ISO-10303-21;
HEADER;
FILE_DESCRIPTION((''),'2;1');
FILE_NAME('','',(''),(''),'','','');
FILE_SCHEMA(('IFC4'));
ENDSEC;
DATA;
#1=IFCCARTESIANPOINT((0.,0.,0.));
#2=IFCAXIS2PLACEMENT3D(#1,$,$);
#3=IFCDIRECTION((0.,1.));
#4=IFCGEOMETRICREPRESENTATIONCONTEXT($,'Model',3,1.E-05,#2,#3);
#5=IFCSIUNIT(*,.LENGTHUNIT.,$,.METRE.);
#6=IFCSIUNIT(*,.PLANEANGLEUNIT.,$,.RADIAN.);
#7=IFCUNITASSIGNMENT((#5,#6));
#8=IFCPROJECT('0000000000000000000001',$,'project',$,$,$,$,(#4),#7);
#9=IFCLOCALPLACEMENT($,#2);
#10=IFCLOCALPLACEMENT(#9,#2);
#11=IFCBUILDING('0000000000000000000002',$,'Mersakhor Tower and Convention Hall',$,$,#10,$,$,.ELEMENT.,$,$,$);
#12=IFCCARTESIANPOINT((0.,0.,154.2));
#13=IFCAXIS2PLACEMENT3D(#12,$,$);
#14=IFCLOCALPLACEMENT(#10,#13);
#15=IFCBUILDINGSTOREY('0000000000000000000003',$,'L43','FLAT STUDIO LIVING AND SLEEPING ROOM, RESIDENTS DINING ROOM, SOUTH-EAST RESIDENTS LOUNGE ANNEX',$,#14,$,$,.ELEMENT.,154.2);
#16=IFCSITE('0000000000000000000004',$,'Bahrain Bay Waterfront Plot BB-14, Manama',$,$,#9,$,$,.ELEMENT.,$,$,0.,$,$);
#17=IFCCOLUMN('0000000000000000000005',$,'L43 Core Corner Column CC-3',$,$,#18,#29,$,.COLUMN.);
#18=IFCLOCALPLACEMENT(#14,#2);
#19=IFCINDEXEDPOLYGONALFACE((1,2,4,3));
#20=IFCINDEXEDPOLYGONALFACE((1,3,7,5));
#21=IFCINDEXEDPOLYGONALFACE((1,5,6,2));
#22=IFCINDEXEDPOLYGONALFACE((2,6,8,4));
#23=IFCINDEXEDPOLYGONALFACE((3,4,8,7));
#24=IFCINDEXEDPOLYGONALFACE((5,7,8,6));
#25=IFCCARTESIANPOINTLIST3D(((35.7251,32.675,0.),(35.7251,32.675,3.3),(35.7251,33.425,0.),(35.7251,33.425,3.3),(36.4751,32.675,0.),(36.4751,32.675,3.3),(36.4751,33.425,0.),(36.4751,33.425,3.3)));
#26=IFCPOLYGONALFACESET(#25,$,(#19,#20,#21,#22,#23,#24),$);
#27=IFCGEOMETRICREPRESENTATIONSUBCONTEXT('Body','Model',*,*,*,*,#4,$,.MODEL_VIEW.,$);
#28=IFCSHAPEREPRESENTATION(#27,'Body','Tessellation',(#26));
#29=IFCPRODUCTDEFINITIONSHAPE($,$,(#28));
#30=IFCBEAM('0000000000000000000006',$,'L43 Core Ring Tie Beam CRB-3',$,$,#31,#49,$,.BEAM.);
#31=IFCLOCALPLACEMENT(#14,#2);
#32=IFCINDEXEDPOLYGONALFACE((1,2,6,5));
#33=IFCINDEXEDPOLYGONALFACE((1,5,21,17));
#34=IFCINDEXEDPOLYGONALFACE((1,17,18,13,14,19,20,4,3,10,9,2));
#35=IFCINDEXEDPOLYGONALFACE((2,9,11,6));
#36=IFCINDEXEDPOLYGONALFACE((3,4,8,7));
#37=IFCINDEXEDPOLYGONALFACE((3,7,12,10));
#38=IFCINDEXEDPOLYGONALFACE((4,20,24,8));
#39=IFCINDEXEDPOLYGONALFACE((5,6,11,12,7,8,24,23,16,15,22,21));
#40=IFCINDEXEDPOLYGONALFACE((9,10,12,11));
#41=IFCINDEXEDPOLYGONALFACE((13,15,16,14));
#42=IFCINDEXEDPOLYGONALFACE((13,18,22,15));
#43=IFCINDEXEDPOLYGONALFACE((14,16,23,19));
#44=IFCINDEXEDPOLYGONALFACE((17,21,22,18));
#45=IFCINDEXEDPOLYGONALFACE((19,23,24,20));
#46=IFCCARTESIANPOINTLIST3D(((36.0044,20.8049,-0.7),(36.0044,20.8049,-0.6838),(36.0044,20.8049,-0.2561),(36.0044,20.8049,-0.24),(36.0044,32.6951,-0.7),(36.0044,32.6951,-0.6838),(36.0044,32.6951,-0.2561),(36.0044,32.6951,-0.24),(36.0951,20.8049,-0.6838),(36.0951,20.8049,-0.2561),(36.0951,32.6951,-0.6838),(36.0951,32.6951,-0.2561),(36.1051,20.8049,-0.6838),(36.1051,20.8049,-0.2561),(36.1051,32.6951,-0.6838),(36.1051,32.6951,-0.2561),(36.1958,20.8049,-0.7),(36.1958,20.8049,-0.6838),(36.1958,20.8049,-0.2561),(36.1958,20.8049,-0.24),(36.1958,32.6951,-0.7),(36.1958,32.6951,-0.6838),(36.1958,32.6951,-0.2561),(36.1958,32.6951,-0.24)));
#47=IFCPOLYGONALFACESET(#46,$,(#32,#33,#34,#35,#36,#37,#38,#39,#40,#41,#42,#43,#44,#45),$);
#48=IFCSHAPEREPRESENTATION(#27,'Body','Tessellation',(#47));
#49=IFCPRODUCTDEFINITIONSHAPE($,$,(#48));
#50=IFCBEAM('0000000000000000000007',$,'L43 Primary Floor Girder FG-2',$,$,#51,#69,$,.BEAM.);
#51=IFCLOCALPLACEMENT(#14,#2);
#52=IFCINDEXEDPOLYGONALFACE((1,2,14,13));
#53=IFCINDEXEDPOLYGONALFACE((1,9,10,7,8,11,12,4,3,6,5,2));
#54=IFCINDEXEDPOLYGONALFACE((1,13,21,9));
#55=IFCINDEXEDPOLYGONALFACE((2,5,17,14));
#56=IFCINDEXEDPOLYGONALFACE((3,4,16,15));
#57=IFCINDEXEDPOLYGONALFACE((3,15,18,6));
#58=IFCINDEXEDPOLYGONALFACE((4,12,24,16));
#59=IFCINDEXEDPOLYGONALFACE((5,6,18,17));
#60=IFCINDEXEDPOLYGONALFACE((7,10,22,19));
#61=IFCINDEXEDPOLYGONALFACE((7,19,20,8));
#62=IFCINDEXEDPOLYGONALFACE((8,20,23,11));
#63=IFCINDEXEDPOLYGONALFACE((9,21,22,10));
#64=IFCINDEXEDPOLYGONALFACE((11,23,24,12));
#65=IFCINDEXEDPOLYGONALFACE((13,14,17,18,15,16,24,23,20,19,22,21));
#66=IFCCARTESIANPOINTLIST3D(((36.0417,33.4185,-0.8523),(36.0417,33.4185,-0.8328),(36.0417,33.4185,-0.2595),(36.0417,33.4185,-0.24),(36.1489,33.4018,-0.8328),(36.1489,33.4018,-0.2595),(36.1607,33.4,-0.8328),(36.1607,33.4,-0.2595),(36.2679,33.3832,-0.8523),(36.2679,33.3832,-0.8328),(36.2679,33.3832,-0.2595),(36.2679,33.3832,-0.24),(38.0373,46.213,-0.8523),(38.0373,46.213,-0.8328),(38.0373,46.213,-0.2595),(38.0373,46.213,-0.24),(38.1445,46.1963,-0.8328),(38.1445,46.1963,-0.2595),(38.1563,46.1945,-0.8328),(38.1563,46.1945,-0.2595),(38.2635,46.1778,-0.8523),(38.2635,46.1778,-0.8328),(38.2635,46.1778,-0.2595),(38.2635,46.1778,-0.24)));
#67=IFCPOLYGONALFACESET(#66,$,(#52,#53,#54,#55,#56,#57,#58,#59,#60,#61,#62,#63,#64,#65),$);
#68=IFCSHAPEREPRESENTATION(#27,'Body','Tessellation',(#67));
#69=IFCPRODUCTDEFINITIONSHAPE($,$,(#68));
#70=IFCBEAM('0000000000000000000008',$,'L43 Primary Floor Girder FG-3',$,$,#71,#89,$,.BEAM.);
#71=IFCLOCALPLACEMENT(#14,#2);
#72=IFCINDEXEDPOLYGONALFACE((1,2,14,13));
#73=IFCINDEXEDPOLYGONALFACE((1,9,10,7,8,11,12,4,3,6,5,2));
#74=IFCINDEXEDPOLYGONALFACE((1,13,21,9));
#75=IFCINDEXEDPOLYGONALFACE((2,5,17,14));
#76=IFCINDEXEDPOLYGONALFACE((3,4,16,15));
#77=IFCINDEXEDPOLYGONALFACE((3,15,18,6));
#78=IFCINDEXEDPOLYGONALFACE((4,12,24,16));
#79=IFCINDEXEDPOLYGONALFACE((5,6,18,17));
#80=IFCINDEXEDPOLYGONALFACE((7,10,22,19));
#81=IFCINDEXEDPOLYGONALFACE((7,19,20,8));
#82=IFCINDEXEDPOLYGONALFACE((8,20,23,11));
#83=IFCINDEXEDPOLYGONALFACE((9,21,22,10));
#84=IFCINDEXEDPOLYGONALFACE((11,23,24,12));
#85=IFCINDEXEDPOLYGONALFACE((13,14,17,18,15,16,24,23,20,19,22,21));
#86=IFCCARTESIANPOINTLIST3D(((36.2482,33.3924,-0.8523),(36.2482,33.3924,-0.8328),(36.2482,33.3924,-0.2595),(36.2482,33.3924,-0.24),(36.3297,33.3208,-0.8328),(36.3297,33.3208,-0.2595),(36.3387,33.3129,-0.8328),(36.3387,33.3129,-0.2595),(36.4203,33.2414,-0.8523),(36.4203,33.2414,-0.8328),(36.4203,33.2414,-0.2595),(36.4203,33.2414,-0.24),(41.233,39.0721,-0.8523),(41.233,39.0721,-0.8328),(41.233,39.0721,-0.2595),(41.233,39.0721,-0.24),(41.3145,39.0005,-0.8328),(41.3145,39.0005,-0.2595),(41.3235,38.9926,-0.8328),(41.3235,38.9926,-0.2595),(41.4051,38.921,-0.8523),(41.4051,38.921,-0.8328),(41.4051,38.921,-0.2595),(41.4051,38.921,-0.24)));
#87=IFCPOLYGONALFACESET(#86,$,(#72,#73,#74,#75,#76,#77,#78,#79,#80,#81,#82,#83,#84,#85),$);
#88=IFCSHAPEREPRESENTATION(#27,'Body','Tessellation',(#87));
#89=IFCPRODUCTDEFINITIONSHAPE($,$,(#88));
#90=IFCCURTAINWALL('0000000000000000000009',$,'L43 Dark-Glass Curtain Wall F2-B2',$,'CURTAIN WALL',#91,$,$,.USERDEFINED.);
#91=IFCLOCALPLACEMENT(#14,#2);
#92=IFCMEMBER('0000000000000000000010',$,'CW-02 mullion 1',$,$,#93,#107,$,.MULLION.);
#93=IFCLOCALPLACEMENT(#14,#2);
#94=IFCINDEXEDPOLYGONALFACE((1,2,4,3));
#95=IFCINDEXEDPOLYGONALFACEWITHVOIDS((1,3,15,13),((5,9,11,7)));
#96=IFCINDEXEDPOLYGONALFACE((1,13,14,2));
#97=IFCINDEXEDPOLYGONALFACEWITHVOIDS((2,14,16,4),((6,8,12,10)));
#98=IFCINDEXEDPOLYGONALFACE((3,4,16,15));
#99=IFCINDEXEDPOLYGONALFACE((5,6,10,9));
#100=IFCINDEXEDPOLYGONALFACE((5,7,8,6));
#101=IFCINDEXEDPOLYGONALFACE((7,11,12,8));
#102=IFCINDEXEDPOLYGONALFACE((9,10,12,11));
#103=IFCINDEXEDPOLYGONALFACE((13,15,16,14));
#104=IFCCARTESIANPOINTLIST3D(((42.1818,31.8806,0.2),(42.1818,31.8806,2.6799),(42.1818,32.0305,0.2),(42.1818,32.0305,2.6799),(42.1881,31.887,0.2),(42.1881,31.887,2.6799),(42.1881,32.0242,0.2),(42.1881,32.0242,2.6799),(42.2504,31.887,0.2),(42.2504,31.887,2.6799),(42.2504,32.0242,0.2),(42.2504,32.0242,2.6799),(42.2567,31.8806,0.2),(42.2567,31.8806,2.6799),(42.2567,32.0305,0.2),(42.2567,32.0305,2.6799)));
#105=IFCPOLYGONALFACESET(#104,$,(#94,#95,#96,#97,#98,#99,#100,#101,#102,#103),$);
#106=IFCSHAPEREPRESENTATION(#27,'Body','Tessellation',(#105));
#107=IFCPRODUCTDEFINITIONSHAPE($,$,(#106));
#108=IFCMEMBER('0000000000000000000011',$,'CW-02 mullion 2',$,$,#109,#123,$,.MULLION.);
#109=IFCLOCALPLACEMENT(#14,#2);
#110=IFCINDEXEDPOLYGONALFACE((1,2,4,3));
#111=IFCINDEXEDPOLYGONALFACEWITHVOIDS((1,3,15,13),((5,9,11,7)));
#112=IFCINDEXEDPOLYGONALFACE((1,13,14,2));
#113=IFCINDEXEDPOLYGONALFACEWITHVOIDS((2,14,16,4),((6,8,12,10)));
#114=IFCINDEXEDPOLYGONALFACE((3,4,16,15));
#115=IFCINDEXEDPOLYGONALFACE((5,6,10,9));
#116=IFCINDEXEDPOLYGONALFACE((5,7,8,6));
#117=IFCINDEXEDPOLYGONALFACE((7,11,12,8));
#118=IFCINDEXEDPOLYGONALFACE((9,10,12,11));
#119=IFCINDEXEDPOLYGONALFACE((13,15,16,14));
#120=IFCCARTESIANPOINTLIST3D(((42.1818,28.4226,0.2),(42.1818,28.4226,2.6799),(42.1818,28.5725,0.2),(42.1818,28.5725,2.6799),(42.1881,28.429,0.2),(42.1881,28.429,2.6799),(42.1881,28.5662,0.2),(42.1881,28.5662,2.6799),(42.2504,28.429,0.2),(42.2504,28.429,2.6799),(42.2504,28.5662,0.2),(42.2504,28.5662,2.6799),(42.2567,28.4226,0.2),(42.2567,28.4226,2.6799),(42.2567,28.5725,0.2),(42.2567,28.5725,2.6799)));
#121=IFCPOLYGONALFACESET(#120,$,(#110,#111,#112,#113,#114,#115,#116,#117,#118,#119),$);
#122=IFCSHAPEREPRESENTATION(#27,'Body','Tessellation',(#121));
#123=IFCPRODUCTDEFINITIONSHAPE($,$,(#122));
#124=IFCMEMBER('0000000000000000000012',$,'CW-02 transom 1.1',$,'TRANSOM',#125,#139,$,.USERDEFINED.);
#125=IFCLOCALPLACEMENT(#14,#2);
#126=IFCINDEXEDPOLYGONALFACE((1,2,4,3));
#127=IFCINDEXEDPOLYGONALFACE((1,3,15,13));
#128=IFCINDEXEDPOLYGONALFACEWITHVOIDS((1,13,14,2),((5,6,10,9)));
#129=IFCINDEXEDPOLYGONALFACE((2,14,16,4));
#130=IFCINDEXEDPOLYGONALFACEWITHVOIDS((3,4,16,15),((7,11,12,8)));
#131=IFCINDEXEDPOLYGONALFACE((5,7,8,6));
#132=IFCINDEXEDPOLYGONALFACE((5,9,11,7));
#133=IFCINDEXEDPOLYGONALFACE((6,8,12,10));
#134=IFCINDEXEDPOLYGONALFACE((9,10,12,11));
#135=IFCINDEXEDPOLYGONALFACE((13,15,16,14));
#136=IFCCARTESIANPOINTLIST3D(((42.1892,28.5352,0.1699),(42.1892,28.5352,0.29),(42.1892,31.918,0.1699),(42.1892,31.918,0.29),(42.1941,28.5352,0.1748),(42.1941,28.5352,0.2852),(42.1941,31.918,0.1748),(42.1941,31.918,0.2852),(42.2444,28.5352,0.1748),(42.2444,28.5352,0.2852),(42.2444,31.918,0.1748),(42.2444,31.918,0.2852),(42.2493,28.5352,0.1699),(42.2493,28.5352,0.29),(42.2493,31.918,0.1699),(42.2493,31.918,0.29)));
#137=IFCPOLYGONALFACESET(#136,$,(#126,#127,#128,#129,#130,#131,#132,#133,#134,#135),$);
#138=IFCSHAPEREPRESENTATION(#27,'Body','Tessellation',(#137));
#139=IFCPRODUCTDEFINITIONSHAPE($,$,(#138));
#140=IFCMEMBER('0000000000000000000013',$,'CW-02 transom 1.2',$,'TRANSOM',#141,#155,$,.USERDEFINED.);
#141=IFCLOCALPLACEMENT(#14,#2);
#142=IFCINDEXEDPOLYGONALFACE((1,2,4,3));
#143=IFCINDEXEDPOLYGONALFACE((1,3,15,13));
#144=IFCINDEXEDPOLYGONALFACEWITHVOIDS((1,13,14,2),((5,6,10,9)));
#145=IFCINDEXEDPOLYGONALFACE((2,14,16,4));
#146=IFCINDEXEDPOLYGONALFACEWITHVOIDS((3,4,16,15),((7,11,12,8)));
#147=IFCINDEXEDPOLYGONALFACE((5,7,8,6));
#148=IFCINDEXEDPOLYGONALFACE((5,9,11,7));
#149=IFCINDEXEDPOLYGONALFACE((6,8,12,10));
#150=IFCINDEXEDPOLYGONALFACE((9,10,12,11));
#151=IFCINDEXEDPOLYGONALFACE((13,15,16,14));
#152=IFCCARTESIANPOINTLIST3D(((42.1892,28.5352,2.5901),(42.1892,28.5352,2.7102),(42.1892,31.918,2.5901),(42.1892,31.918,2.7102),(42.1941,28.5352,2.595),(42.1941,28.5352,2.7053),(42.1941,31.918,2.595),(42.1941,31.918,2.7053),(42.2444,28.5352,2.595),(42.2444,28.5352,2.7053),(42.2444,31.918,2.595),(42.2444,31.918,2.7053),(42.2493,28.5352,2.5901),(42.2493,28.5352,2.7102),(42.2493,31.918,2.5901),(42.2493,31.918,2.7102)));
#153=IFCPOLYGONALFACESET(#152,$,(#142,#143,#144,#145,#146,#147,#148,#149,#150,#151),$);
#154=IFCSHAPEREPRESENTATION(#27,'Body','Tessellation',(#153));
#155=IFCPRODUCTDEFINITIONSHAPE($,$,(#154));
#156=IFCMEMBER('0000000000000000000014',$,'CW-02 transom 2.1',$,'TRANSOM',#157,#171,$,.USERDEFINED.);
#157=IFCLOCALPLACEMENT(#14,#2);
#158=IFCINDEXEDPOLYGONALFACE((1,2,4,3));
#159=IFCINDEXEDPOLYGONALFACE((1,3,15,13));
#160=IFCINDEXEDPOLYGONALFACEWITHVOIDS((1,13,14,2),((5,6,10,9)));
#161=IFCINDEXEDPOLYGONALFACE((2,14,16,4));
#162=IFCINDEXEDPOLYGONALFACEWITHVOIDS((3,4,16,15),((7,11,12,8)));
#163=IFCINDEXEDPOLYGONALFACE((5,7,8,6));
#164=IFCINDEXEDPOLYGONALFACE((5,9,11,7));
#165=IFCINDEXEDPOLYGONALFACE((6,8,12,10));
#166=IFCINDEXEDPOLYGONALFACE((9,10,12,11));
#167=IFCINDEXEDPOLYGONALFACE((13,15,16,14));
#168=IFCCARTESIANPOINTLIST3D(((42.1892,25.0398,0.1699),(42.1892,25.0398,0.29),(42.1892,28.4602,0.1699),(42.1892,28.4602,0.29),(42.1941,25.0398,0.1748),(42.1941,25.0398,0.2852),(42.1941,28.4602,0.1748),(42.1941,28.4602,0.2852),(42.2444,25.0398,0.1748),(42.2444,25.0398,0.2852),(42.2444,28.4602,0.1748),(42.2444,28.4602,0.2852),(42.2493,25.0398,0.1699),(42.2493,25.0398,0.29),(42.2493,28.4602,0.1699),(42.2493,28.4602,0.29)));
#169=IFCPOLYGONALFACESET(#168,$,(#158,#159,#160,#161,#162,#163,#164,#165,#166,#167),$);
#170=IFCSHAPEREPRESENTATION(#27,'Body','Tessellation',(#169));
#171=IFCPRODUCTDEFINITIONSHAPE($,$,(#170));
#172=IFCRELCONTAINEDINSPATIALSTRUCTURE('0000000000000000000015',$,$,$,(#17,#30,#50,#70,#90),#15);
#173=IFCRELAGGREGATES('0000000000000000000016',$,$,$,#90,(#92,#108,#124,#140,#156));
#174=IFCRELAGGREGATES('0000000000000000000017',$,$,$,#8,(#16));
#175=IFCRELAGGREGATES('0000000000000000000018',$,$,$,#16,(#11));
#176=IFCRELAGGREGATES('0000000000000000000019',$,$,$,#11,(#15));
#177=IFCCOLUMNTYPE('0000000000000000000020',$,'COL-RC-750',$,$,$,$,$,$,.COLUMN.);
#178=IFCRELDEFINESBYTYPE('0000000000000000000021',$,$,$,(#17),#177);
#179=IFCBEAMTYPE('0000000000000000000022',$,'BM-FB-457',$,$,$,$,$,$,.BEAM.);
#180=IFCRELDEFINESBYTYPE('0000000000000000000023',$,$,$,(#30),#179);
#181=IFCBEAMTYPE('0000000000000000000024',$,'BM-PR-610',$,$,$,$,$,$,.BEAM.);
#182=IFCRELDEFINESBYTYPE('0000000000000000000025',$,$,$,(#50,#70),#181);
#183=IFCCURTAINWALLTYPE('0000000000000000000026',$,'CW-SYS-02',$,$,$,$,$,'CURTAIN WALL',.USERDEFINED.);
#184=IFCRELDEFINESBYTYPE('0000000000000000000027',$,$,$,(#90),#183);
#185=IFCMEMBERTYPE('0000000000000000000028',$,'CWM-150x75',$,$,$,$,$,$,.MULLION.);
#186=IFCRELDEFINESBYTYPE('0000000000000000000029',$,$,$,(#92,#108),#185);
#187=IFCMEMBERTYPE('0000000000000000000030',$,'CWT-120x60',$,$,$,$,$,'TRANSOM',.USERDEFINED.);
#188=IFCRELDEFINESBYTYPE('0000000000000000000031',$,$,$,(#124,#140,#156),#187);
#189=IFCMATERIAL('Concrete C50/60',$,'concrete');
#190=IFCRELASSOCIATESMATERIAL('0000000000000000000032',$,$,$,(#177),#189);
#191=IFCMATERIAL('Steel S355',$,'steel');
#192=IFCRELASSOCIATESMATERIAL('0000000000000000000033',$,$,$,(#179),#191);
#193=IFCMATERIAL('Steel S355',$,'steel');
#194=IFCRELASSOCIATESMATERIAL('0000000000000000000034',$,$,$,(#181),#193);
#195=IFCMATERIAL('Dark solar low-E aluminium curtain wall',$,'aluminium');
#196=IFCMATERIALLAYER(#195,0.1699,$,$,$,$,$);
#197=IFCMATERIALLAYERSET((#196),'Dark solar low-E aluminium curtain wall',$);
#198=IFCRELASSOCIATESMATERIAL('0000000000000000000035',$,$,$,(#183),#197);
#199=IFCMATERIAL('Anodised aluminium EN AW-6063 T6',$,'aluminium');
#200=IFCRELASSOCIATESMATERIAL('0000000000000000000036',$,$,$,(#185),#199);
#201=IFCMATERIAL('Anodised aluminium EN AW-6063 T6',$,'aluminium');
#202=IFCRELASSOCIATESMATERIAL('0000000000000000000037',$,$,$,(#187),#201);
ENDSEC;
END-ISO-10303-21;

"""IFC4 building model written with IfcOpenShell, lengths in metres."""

from ifc_helpers import new_model, si_unit, direction, frame, origin, origin_2d, place, context, subcontext, project, spatial, rectangle, hollow_rectangle, i_section, extrude, material, layer, layer_set, material_profile, profile_set, type_object, element, aggregate, save


model = new_model("IFC4")

# Units and contexts
model_context = context("Model", 3, precision=1e-05, world=origin(), true_north=direction((0.0, 1.0)))
body_context = subcontext(model_context, "Body", "Model", "MODEL_VIEW")
ifc_project = project(units=[si_unit("LENGTHUNIT", "METRE"), si_unit("PLANEANGLEUNIT", "RADIAN")], contexts=[model_context])

# Site, building, storey
site_placement = place(None, origin())
site = spatial("IfcSite", under=ifc_project, at=site_placement, Name="Bahrain Bay Waterfront Plot BB-14, Manama", CompositionType="ELEMENT", RefElevation=0.0)
building_placement = place(site_placement, origin())
building = spatial("IfcBuilding", under=site, at=building_placement, Name="Mersakhor Tower and Convention Hall", CompositionType="ELEMENT")
storey_placement = place(building_placement, frame((0.0, 0.0, 154.2)))
storey = spatial("IfcBuildingStorey", under=building, at=storey_placement, Name="L43", Description="FLAT STUDIO LIVING AND SLEEPING ROOM, RESIDENTS DINING ROOM, SOUTH-EAST RESIDENTS LOUNGE ANNEX", CompositionType="ELEMENT", Elevation=154.2)

# Column
ifc_material_1 = material(Name="Concrete C50/60", Category="concrete")
ifc_material_profile_1 = material_profile(ifc_material_1, rectangle(XDim=0.75, YDim=0.75, at=origin_2d()), Name="RC 750x750")
ifc_profile_set_1 = profile_set([ifc_material_profile_1], Name="Concrete C50/60")
column_type = type_object("IfcColumnType", Name="COL-RC-750", PredefinedType="COLUMN", material=ifc_profile_set_1)
column_placement = place(storey_placement, frame((36.1001, 33.05, 0.0), z_axis=(0.0, 0.0, 1.0), x_axis=(1.0, 0.0, 0.0)))
element("IfcColumn", 1, at=column_placement, inside=storey, type_object=column_type, Name="L43 Core Corner Column CC-3", PredefinedType="COLUMN", context=body_context, shape_type="SweptSolid", body=[
    extrude(rectangle(XDim=0.75, YDim=0.75, at=origin_2d()), origin(), (0.0, 0.0, 1.0), 3.3),
])

# Beams
ifc_material_2 = material(Name="Steel S355", Category="steel")
ifc_material_profile_2 = material_profile(ifc_material_2, i_section(OverallWidth=0.1914, OverallDepth=0.46, WebThickness=0.01, FlangeThickness=0.0161, at=origin_2d()), Name="UB 457x191x82")
ifc_profile_set_2 = profile_set([ifc_material_profile_2], Name="Steel S355")
beam_type_1 = type_object("IfcBeamType", Name="BM-FB-457", PredefinedType="BEAM", material=ifc_profile_set_2)
beam_1_placement = place(storey_placement, frame((36.1001, 32.6951, -0.47), z_axis=(0.0, -1.0, 0.0), x_axis=(1.0, 0.0, 0.0)))
element("IfcBeam", 2, at=beam_1_placement, inside=storey, type_object=beam_type_1, Name="L43 Core Ring Tie Beam CRB-3", PredefinedType="BEAM", context=body_context, shape_type="SweptSolid", body=[
    extrude(i_section(OverallWidth=0.1914, OverallDepth=0.46, WebThickness=0.01, FlangeThickness=0.0161, at=origin_2d()), origin(), (0.0, 0.0, 1.0), 11.8901),
])
ifc_material_3 = material(Name="Steel S355", Category="steel")
ifc_material_profile_3 = material_profile(ifc_material_3, i_section(OverallWidth=0.229, OverallDepth=0.6123, WebThickness=0.012, FlangeThickness=0.0195, at=origin_2d()), Name="UB 610x229x125")
ifc_profile_set_3 = profile_set([ifc_material_profile_3], Name="Steel S355")
beam_type_2 = type_object("IfcBeamType", Name="BM-PR-610", PredefinedType="BEAM", material=ifc_profile_set_3)
beam_2_placement = place(storey_placement, frame((36.1548, 33.4009, -0.5461), z_axis=(0.154111, 0.988054, 0.0), x_axis=(-0.988054, 0.154111, 0.0)))
element("IfcBeam", 3, at=beam_2_placement, inside=storey, type_object=beam_type_2, Name="L43 Primary Floor Girder FG-2", PredefinedType="BEAM", context=body_context, shape_type="SweptSolid", body=[
    extrude(i_section(OverallWidth=0.229, OverallDepth=0.6123, WebThickness=0.012, FlangeThickness=0.0195, at=origin_2d()), origin(), (0.0, 0.0, 1.0), 12.9492),
])
beam_3_placement = place(storey_placement, frame((36.3342, 33.3169, -0.5461), z_axis=(0.659638, 0.751583, 0.0), x_axis=(-0.751583, 0.659638, 0.0)))
element("IfcBeam", 4, at=beam_3_placement, inside=storey, type_object=beam_type_2, Name="L43 Primary Floor Girder FG-3", PredefinedType="BEAM", context=body_context, shape_type="SweptSolid", body=[
    extrude(i_section(OverallWidth=0.229, OverallDepth=0.6123, WebThickness=0.012, FlangeThickness=0.0195, at=origin_2d()), origin(), (0.0, 0.0, 1.0), 7.5569),
])

# Curtain wall, members
ifc_material_4 = material(Name="Dark solar low-E aluminium curtain wall", Category="aluminium")
ifc_layer_1 = layer(ifc_material_4, 0.1699)
ifc_layer_set_1 = layer_set([ifc_layer_1], Name="Dark solar low-E aluminium curtain wall")
curtain_wall_type = type_object("IfcCurtainWallType", Name="CW-SYS-02", ElementType="CURTAIN WALL", PredefinedType="USERDEFINED", material=ifc_layer_set_1)
curtain_wall_placement = place(storey_placement, origin())
curtain_wall = element("IfcCurtainWall", 5, at=curtain_wall_placement, inside=storey, type_object=curtain_wall_type, Name="L43 Dark-Glass Curtain Wall F2-B2", ObjectType="CURTAIN WALL", PredefinedType="USERDEFINED")
ifc_material_5 = material(Name="Anodised aluminium EN AW-6063 T6", Category="aluminium")
ifc_material_profile_4 = material_profile(ifc_material_5, hollow_rectangle(XDim=0.075, YDim=0.1499, WallThickness=0.0063, at=origin_2d()), Name="RHS 150x75x6.3")
ifc_profile_set_4 = profile_set([ifc_material_profile_4], Name="Anodised aluminium EN AW-6063 T6")
member_type_1 = type_object("IfcMemberType", Name="CWM-150x75", PredefinedType="MULLION", material=ifc_profile_set_4)
member_1_placement = place(storey_placement, frame((42.2192, 31.9556, 0.2), z_axis=(0.0, 0.0, 1.0), x_axis=(1.0, 0.0, 0.0)))
member_1 = element("IfcMember", 6, at=member_1_placement, type_object=member_type_1, Name="CW-02 mullion 1", PredefinedType="MULLION", context=body_context, shape_type="SweptSolid", body=[
    extrude(hollow_rectangle(XDim=0.075, YDim=0.1499, WallThickness=0.0063, at=origin_2d()), origin(), (0.0, 0.0, 1.0), 2.48),
])
member_2_placement = place(storey_placement, frame((42.2192, 28.4976, 0.2), z_axis=(0.0, 0.0, 1.0), x_axis=(1.0, 0.0, 0.0)))
member_2 = element("IfcMember", 7, at=member_2_placement, type_object=member_type_1, Name="CW-02 mullion 2", PredefinedType="MULLION", context=body_context, shape_type="SweptSolid", body=[
    extrude(hollow_rectangle(XDim=0.075, YDim=0.1499, WallThickness=0.0063, at=origin_2d()), origin(), (0.0, 0.0, 1.0), 2.48),
])
ifc_material_6 = material(Name="Anodised aluminium EN AW-6063 T6", Category="aluminium")
ifc_material_profile_5 = material_profile(ifc_material_6, hollow_rectangle(XDim=0.0601, YDim=0.1201, WallThickness=0.0049, at=origin_2d()), Name="RHS 120x60x5")
ifc_profile_set_5 = profile_set([ifc_material_profile_5], Name="Anodised aluminium EN AW-6063 T6")
member_type_2 = type_object("IfcMemberType", Name="CWT-120x60", ElementType="TRANSOM", PredefinedType="USERDEFINED", material=ifc_profile_set_5)
member_3_placement = place(storey_placement, frame((42.2192, 31.918, 0.23), z_axis=(0.0, -1.0, 0.0), x_axis=(1.0, 0.0, 0.0)))
member_3 = element("IfcMember", 8, at=member_3_placement, type_object=member_type_2, Name="CW-02 transom 1.1", ObjectType="TRANSOM", PredefinedType="USERDEFINED", context=body_context, shape_type="SweptSolid", body=[
    extrude(hollow_rectangle(XDim=0.0601, YDim=0.1201, WallThickness=0.0049, at=origin_2d()), origin(), (0.0, 0.0, 1.0), 3.3828),
])
member_4_placement = place(storey_placement, frame((42.2192, 31.918, 2.6501), z_axis=(0.0, -1.0, 0.0), x_axis=(1.0, 0.0, 0.0)))
member_4 = element("IfcMember", 9, at=member_4_placement, type_object=member_type_2, Name="CW-02 transom 1.2", ObjectType="TRANSOM", PredefinedType="USERDEFINED", context=body_context, shape_type="SweptSolid", body=[
    extrude(hollow_rectangle(XDim=0.0601, YDim=0.1201, WallThickness=0.0049, at=origin_2d()), origin(), (0.0, 0.0, 1.0), 3.3828),
])
member_5_placement = place(storey_placement, frame((42.2192, 28.4602, 0.23), z_axis=(0.0, -1.0, 0.0), x_axis=(1.0, 0.0, 0.0)))
member_5 = element("IfcMember", 10, at=member_5_placement, type_object=member_type_2, Name="CW-02 transom 2.1", ObjectType="TRANSOM", PredefinedType="USERDEFINED", context=body_context, shape_type="SweptSolid", body=[
    extrude(hollow_rectangle(XDim=0.0601, YDim=0.1201, WallThickness=0.0049, at=origin_2d()), origin(), (0.0, 0.0, 1.0), 3.4204),
])
aggregate(curtain_wall, [member_1, member_2, member_3, member_4, member_5])

save(model, "model.ifc")
